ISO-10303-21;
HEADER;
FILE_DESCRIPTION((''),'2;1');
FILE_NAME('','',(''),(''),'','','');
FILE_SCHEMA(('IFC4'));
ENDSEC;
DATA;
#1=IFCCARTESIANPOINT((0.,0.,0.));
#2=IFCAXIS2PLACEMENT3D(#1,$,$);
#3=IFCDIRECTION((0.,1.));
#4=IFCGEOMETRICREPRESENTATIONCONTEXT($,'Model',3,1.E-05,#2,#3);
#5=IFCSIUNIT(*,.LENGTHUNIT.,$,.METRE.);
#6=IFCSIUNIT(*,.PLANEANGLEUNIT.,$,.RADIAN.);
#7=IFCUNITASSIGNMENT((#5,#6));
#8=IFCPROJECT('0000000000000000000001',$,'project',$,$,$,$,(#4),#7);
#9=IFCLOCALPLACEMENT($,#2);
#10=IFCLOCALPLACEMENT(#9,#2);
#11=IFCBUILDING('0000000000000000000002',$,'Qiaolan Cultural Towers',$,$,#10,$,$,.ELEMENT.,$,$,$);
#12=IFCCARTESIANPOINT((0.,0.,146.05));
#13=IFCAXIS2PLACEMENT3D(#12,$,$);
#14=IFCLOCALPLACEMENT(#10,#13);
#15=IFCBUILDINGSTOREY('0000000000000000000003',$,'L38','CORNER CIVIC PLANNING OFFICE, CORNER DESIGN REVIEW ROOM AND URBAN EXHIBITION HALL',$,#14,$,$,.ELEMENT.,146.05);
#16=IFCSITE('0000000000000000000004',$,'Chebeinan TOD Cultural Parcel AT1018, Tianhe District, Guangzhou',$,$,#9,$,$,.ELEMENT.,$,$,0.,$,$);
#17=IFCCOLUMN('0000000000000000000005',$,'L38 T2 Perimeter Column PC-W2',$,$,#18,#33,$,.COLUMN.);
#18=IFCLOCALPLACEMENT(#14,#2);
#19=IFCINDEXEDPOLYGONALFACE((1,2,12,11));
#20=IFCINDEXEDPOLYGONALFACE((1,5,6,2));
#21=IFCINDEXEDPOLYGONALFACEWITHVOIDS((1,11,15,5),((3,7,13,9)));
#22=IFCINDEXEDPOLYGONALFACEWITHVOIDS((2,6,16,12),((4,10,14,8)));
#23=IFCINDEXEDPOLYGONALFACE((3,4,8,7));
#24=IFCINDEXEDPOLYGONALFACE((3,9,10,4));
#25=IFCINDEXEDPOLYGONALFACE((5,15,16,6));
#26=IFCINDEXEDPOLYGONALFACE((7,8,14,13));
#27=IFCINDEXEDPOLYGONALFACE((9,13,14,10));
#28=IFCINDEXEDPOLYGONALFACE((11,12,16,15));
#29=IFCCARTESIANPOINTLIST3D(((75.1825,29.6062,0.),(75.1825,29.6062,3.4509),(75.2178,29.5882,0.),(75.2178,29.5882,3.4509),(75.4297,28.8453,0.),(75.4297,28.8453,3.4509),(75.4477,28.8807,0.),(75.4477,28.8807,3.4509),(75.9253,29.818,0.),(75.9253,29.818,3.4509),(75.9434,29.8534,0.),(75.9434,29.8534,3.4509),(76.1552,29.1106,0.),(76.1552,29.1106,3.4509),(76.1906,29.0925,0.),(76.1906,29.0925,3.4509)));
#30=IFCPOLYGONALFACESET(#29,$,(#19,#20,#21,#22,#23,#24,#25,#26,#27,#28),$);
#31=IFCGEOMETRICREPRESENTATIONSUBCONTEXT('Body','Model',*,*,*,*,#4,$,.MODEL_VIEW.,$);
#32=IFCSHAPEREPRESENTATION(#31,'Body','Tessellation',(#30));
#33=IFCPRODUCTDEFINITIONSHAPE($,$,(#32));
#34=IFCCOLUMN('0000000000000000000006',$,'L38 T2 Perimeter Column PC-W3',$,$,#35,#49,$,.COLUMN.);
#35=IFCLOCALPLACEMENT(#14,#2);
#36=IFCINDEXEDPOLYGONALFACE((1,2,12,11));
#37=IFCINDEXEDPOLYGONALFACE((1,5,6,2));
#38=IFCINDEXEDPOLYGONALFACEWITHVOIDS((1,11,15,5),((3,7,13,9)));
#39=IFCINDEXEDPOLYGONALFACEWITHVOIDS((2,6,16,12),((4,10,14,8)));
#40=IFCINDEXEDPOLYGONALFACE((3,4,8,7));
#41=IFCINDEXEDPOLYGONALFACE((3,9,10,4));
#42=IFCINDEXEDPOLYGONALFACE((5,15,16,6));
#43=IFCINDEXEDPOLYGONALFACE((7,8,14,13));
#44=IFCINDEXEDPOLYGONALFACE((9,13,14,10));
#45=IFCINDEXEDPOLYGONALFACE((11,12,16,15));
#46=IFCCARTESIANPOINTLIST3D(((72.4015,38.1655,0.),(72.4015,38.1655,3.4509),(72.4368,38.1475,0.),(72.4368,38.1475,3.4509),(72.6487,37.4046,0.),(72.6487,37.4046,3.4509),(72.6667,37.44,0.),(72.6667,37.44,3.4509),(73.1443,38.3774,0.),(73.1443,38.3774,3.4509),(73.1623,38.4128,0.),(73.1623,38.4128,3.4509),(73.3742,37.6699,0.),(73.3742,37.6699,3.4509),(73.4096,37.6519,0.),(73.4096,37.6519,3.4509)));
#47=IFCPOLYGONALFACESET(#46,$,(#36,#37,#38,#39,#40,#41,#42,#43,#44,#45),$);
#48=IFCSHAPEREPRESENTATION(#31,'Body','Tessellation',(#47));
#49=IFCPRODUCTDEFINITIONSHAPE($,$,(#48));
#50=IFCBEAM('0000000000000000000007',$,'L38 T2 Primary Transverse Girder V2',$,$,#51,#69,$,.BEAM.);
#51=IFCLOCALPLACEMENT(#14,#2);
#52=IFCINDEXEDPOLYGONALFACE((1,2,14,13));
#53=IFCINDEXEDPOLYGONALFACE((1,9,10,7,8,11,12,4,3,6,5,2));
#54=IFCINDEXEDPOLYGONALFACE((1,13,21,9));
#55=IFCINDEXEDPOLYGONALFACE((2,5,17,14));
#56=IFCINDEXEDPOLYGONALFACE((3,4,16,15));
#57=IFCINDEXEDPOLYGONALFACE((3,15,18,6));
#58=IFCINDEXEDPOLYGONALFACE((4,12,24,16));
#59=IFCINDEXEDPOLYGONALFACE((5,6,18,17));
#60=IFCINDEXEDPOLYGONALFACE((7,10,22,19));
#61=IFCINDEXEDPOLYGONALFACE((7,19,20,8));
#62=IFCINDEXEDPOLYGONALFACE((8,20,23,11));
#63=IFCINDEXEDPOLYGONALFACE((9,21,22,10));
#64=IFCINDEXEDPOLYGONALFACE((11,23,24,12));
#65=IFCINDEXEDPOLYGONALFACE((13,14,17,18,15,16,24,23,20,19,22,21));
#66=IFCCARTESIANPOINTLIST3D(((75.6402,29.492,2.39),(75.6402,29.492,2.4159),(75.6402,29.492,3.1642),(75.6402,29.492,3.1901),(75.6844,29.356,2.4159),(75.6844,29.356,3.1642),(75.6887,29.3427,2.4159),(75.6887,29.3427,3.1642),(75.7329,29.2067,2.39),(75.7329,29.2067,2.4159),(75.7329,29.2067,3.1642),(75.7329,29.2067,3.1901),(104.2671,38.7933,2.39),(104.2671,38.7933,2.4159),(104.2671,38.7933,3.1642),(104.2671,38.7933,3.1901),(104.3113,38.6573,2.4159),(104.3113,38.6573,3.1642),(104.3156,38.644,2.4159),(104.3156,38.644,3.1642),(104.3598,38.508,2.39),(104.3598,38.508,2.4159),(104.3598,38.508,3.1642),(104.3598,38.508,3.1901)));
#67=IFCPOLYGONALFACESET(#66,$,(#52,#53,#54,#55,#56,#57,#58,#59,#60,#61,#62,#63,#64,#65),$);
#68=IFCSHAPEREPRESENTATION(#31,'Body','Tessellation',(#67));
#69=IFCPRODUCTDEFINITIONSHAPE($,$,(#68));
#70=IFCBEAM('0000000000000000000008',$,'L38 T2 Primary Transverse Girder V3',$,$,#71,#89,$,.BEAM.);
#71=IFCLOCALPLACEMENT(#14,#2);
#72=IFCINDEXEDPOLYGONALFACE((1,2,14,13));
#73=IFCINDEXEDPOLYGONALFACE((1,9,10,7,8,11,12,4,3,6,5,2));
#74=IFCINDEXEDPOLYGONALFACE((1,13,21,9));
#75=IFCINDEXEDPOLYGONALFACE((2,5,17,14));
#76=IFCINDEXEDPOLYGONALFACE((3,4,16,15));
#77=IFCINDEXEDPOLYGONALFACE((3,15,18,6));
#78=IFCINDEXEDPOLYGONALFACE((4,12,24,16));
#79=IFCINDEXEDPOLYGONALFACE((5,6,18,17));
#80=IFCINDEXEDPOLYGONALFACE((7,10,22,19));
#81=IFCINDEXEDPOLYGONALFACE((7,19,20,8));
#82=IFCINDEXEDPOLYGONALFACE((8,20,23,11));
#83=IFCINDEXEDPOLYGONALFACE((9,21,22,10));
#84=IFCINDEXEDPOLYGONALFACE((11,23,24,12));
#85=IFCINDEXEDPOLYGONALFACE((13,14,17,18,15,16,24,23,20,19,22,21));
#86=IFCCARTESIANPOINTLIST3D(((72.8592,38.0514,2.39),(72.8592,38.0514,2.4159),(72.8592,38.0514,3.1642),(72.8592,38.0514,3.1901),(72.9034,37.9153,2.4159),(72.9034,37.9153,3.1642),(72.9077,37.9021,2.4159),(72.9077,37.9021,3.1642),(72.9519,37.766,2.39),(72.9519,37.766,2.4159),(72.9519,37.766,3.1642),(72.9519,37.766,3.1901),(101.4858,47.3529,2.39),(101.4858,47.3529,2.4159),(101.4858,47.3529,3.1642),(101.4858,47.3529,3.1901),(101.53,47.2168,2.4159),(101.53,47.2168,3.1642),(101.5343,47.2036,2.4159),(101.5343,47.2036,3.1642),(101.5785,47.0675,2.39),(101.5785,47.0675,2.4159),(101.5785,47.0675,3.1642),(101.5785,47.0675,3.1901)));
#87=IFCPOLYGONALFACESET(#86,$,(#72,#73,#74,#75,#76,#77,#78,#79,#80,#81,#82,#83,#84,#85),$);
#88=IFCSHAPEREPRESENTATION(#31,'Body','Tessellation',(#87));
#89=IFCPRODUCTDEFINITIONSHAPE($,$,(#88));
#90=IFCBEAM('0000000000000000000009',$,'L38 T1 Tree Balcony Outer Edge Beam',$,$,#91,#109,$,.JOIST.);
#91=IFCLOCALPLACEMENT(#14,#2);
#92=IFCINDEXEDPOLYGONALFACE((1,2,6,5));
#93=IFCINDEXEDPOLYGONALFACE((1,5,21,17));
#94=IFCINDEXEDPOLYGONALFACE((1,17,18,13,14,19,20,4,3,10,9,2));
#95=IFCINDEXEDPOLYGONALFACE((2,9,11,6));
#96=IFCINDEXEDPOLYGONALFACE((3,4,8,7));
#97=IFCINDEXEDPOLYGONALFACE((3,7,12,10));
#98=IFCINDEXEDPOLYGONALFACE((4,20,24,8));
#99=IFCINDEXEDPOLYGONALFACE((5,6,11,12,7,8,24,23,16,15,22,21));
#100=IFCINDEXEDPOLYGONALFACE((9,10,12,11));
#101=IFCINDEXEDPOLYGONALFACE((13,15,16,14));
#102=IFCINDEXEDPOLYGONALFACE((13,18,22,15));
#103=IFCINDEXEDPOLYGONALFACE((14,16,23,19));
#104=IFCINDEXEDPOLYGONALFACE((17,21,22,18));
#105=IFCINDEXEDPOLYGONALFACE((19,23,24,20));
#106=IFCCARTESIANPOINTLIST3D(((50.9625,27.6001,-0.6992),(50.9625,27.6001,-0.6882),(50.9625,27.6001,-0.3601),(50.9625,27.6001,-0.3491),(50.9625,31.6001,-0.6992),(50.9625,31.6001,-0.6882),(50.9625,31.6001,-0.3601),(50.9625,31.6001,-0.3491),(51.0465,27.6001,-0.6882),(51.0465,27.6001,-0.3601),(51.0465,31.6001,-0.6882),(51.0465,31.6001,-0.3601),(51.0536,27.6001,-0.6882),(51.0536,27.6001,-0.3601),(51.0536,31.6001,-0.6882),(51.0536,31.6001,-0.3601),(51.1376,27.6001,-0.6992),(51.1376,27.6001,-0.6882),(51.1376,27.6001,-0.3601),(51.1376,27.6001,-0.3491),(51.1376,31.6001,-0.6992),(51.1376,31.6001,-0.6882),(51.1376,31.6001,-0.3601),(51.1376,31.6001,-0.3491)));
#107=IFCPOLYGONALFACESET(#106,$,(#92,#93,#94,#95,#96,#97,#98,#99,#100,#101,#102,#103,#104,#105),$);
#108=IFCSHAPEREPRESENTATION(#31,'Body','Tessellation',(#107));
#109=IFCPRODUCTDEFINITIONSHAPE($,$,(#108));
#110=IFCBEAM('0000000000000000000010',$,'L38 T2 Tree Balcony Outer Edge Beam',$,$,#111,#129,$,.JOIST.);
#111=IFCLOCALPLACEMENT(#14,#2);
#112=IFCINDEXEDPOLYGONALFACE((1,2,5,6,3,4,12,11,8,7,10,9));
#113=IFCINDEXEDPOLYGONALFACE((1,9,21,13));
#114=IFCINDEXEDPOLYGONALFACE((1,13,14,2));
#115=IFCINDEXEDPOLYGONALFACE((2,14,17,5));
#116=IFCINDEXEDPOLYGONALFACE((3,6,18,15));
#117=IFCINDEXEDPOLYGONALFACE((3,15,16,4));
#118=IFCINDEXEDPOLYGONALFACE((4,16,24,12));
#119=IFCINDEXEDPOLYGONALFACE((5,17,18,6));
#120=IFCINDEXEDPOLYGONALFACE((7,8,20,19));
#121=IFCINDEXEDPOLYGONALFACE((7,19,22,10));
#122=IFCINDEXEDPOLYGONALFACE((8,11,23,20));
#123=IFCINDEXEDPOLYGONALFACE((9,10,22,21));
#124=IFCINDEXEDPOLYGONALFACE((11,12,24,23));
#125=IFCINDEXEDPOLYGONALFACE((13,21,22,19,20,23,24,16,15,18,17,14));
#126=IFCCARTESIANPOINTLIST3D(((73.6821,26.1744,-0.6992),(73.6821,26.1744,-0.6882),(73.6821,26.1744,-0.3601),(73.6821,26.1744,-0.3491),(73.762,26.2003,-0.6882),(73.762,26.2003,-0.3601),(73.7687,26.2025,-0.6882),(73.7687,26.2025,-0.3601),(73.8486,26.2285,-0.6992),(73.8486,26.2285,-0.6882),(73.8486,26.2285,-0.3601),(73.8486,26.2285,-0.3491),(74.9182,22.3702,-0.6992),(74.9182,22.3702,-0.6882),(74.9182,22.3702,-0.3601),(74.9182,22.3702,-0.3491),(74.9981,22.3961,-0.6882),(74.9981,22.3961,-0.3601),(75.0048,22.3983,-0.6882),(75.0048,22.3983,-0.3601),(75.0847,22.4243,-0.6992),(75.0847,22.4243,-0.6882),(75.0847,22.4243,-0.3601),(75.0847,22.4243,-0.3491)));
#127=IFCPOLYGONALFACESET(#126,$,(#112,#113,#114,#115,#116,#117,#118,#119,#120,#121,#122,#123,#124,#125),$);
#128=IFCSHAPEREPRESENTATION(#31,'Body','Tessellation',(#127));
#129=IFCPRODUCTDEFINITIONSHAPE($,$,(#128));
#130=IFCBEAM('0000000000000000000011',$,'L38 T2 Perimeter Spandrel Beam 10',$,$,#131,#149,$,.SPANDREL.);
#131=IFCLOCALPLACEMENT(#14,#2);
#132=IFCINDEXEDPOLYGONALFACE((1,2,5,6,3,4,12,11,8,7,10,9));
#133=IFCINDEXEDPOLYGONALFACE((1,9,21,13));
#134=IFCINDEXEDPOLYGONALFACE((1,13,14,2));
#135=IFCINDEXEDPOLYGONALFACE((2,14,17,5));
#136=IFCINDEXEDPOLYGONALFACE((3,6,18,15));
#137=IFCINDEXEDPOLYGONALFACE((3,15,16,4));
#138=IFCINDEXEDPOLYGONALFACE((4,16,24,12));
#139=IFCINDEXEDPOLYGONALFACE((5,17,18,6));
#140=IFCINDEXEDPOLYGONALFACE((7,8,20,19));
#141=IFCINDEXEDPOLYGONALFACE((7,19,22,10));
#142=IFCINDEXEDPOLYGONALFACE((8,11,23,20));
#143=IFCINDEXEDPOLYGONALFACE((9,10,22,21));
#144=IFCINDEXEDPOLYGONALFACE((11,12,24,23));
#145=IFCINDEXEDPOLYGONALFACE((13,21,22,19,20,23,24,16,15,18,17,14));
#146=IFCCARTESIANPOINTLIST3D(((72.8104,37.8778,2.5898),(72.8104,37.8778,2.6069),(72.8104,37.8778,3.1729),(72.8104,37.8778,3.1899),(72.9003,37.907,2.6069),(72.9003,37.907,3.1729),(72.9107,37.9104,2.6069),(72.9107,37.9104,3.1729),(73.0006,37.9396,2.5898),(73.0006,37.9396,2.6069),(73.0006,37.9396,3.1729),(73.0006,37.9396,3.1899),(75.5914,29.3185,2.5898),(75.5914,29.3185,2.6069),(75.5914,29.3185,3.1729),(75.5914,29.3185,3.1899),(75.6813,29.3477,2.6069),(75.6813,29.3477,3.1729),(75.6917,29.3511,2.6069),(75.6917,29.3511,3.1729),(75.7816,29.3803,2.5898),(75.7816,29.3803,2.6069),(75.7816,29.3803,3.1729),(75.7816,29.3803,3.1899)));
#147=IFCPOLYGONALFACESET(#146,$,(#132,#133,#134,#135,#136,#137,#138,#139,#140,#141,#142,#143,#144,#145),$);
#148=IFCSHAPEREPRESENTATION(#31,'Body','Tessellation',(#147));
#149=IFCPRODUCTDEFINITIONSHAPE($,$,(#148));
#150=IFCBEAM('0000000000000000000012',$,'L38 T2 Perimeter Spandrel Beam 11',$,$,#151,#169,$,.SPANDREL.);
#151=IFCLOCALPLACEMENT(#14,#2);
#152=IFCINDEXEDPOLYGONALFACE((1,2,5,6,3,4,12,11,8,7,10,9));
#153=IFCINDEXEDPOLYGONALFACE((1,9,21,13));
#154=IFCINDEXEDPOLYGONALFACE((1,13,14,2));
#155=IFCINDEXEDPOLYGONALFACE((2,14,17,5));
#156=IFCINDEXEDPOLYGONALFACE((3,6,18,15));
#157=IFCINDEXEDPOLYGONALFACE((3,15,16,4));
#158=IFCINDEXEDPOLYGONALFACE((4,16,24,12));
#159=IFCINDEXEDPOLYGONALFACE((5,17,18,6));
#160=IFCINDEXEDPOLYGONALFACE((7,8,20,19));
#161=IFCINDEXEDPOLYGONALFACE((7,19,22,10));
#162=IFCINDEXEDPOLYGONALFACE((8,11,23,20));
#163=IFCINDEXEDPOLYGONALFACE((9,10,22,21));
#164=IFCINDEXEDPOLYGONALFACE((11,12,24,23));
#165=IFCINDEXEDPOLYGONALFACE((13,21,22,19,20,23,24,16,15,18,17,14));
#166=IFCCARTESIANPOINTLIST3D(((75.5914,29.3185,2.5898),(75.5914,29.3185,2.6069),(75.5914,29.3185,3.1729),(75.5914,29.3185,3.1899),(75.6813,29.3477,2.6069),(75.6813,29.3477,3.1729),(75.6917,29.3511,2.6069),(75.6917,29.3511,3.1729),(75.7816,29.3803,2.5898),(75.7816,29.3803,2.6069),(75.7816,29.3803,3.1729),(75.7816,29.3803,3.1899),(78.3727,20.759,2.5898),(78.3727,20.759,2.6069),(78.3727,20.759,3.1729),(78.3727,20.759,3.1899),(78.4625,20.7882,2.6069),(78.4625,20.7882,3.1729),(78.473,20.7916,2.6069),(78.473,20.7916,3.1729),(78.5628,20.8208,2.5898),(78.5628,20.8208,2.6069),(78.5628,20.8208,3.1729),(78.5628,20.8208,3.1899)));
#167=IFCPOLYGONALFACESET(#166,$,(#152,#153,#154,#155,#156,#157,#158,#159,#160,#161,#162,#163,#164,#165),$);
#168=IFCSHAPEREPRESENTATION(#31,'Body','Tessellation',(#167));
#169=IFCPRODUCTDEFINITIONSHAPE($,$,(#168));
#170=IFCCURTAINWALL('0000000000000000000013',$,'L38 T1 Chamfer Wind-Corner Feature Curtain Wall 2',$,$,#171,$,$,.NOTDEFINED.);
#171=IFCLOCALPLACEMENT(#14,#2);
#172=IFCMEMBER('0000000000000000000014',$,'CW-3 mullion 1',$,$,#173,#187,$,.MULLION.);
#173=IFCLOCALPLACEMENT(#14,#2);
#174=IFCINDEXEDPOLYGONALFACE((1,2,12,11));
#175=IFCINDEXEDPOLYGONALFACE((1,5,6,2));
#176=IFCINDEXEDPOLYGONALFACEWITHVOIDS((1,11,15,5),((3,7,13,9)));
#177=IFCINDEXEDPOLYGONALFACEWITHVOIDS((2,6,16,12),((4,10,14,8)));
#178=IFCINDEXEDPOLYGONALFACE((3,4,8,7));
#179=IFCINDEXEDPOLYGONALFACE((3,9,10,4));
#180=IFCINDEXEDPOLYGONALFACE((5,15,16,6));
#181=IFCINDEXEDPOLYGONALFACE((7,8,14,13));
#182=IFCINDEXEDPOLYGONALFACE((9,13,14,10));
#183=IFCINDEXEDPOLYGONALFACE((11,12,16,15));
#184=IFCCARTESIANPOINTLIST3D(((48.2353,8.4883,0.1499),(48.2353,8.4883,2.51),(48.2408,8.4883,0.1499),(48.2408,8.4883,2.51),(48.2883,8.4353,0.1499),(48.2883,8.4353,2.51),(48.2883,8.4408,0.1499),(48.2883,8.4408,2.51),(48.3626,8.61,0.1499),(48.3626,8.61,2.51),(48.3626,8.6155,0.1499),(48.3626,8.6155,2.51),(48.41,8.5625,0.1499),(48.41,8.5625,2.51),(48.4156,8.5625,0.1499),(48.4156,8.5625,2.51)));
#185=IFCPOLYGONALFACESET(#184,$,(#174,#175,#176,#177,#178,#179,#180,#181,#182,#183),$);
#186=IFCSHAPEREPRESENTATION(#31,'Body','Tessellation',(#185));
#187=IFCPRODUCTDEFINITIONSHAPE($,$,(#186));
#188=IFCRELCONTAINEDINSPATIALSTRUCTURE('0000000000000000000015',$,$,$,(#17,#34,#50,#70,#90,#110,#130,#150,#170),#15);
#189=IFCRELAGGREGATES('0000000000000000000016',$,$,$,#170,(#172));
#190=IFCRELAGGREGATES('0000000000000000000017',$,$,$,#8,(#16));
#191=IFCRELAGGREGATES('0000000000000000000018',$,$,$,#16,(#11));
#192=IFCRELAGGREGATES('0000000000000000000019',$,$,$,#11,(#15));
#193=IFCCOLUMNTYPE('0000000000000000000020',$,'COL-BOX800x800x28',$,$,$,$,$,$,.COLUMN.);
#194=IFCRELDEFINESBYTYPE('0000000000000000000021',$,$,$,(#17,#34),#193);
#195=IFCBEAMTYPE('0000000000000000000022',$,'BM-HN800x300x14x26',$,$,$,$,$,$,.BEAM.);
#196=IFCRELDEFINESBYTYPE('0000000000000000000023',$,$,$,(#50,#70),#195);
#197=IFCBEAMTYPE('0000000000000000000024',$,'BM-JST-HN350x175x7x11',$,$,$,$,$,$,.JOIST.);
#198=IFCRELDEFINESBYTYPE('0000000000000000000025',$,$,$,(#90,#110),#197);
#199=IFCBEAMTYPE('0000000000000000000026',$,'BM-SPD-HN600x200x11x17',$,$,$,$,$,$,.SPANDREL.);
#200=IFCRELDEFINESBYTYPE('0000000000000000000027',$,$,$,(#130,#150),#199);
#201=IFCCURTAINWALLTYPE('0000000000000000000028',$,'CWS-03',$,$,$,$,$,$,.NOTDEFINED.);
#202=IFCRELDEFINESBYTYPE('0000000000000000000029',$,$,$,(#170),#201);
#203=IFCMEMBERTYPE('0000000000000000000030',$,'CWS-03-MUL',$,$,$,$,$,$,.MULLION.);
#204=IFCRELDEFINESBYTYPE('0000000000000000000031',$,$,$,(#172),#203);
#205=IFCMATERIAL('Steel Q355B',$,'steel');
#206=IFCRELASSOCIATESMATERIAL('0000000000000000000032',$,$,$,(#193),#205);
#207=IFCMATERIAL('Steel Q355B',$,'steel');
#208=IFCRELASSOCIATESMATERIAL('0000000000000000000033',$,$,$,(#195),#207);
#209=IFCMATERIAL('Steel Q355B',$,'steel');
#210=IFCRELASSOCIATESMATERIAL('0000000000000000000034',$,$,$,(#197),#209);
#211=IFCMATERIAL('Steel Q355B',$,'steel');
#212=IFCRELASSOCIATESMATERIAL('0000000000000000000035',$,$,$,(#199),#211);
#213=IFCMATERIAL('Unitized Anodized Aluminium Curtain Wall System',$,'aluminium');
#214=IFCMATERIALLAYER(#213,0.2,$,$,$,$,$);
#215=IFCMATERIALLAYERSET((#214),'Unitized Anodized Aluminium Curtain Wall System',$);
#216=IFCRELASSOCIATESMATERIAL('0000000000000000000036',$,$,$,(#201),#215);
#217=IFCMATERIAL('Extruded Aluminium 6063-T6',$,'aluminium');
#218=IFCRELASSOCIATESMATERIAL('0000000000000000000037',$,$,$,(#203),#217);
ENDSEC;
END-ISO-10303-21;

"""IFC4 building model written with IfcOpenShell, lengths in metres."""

from ifc_helpers import new_model, si_unit, direction, frame, origin, origin_2d, place, context, subcontext, project, spatial, hollow_rectangle, i_section, extrude, material, layer, layer_set, material_profile, profile_set, type_object, element, aggregate, save


model = new_model("IFC4")

# Units and contexts
model_context = context("Model", 3, precision=1e-05, world=origin(), true_north=direction((0.0, 1.0)))
body_context = subcontext(model_context, "Body", "Model", "MODEL_VIEW")
ifc_project = project(units=[si_unit("LENGTHUNIT", "METRE"), si_unit("PLANEANGLEUNIT", "RADIAN")], contexts=[model_context])

# Site, building, storey
site_placement = place(None, origin())
site = spatial("IfcSite", under=ifc_project, at=site_placement, Name="Chebeinan TOD Cultural Parcel AT1018, Tianhe District, Guangzhou", CompositionType="ELEMENT", RefElevation=0.0)
building_placement = place(site_placement, origin())
building = spatial("IfcBuilding", under=site, at=building_placement, Name="Qiaolan Cultural Towers", CompositionType="ELEMENT")
storey_placement = place(building_placement, frame((0.0, 0.0, 146.05)))
storey = spatial("IfcBuildingStorey", under=building, at=storey_placement, Name="L38", Description="CORNER CIVIC PLANNING OFFICE, CORNER DESIGN REVIEW ROOM AND URBAN EXHIBITION HALL", CompositionType="ELEMENT", Elevation=146.05)

# Columns
ifc_material_1 = material(Name="Steel Q355B", Category="steel")
ifc_material_profile_1 = material_profile(ifc_material_1, hollow_rectangle(XDim=0.8, YDim=0.8, WallThickness=0.0281, at=origin_2d()), Name="BOX800x800x28")
ifc_profile_set_1 = profile_set([ifc_material_profile_1], Name="Steel Q355B")
column_type = type_object("IfcColumnType", Name="COL-BOX800x800x28", PredefinedType="COLUMN", material=ifc_profile_set_1)
for number, where, z_axis, x_axis, name in (
    (1, (75.6865, 29.3494, 0.0), (0.0, 0.0, 1.0), (0.951057, 0.309017, 0.0), "L38 T2 Perimeter Column PC-W2"),
    (2, (72.9055, 37.9087, 0.0), (0.0, 0.0, 1.0), (0.951057, 0.309017, 0.0), "L38 T2 Perimeter Column PC-W3"),
):
    element("IfcColumn", number, at=place(storey_placement, frame(where, z_axis=z_axis, x_axis=x_axis)), inside=storey, type_object=column_type, Name=name, PredefinedType="COLUMN", context=body_context, shape_type="SweptSolid", body=[
        extrude(hollow_rectangle(XDim=0.8, YDim=0.8, WallThickness=0.0281, at=origin_2d()), origin(), (0.0, 0.0, 1.0), 3.4509),
    ])

# Beams
ifc_material_2 = material(Name="Steel Q355B", Category="steel")
ifc_material_profile_2 = material_profile(ifc_material_2, i_section(OverallWidth=0.3, OverallDepth=0.8, WebThickness=0.0139, FlangeThickness=0.0259, at=origin_2d()), Name="HN800x300x14x26")
ifc_profile_set_2 = profile_set([ifc_material_profile_2], Name="Steel Q355B")
beam_type_1 = type_object("IfcBeamType", Name="BM-HN800x300x14x26", PredefinedType="BEAM", material=ifc_profile_set_2)
beam_1_placement = place(storey_placement, frame((75.6865, 29.3494, 2.79), z_axis=(0.951058, 0.309011, 0.0), x_axis=(-0.309011, 0.951058, 0.0)))
element("IfcBeam", 3, at=beam_1_placement, inside=storey, type_object=beam_type_1, Name="L38 T2 Primary Transverse Girder V2", PredefinedType="BEAM", context=body_context, shape_type="SweptSolid", body=[
    extrude(i_section(OverallWidth=0.3, OverallDepth=0.8, WebThickness=0.0139, FlangeThickness=0.0259, at=origin_2d()), origin(), (0.0, 0.0, 1.0), 30.1001),
])
beam_2_placement = place(storey_placement, frame((72.9055, 37.9087, 2.79), z_axis=(0.951055, 0.309021, 0.0), x_axis=(-0.309021, 0.951055, 0.0)))
element("IfcBeam", 4, at=beam_2_placement, inside=storey, type_object=beam_type_1, Name="L38 T2 Primary Transverse Girder V3", PredefinedType="BEAM", context=body_context, shape_type="SweptSolid", body=[
    extrude(i_section(OverallWidth=0.3, OverallDepth=0.8, WebThickness=0.0139, FlangeThickness=0.0259, at=origin_2d()), origin(), (0.0, 0.0, 1.0), 30.0999),
])
ifc_material_3 = material(Name="Steel Q355B", Category="steel")
ifc_material_profile_3 = material_profile(ifc_material_3, i_section(OverallWidth=0.175, OverallDepth=0.3501, WebThickness=0.0071, FlangeThickness=0.011, at=origin_2d()), Name="HN350x175x7x11")
ifc_profile_set_3 = profile_set([ifc_material_profile_3], Name="Steel Q355B")
beam_type_2 = type_object("IfcBeamType", Name="BM-JST-HN350x175x7x11", PredefinedType="JOIST", material=ifc_profile_set_3)
for number, where, z_axis, x_axis, name in (
    (5, (51.05, 27.6001, -0.5242), (0.0, 1.0, 0.0), (-1.0, 0.0, 0.0), "L38 T1 Tree Balcony Outer Edge Beam"),
    (6, (75.0015, 22.3972, -0.5242), (-0.309023, 0.951055, 0.0), (-0.951055, -0.309023, 0.0), "L38 T2 Tree Balcony Outer Edge Beam"),
):
    element("IfcBeam", number, at=place(storey_placement, frame(where, z_axis=z_axis, x_axis=x_axis)), inside=storey, type_object=beam_type_2, Name=name, PredefinedType="JOIST", context=body_context, shape_type="SweptSolid", body=[
        extrude(i_section(OverallWidth=0.175, OverallDepth=0.3501, WebThickness=0.0071, FlangeThickness=0.011, at=origin_2d()), origin(), (0.0, 0.0, 1.0), 4.0),
    ])
ifc_material_4 = material(Name="Steel Q355B", Category="steel")
ifc_material_profile_4 = material_profile(ifc_material_4, i_section(OverallWidth=0.2, OverallDepth=0.6001, WebThickness=0.011, FlangeThickness=0.0171, at=origin_2d()), Name="HN600x200x11x17")
ifc_profile_set_4 = profile_set([ifc_material_profile_4], Name="Steel Q355B")
beam_type_3 = type_object("IfcBeamType", Name="BM-SPD-HN600x200x11x17", PredefinedType="SPANDREL", material=ifc_profile_set_4)
beam_3_placement = place(storey_placement, frame((72.9055, 37.9087, 2.8899), z_axis=(0.309008, -0.951059, 0.0), x_axis=(0.951059, 0.309008, 0.0)))
element("IfcBeam", 7, at=beam_3_placement, inside=storey, type_object=beam_type_3, Name="L38 T2 Perimeter Spandrel Beam 10", PredefinedType="SPANDREL", context=body_context, shape_type="SweptSolid", body=[
    extrude(i_section(OverallWidth=0.2, OverallDepth=0.6001, WebThickness=0.011, FlangeThickness=0.0171, at=origin_2d()), origin(), (0.0, 0.0, 1.0), 8.9998),
])
beam_4_placement = place(storey_placement, frame((75.6865, 29.3494, 2.8899), z_axis=(0.309025, -0.951054, 0.0), x_axis=(0.951054, 0.309025, 0.0)))
element("IfcBeam", 8, at=beam_4_placement, inside=storey, type_object=beam_type_3, Name="L38 T2 Perimeter Spandrel Beam 11", PredefinedType="SPANDREL", context=body_context, shape_type="SweptSolid", body=[
    extrude(i_section(OverallWidth=0.2, OverallDepth=0.6001, WebThickness=0.011, FlangeThickness=0.0171, at=origin_2d()), origin(), (0.0, 0.0, 1.0), 9.0),
])

# Curtain wall, member
ifc_material_5 = material(Name="Unitized Anodized Aluminium Curtain Wall System", Category="aluminium")
ifc_layer_1 = layer(ifc_material_5, 0.2)
ifc_layer_set_1 = layer_set([ifc_layer_1], Name="Unitized Anodized Aluminium Curtain Wall System")
curtain_wall_type = type_object("IfcCurtainWallType", Name="CWS-03", PredefinedType="NOTDEFINED", material=ifc_layer_set_1)
curtain_wall_placement = place(storey_placement, origin())
curtain_wall = element("IfcCurtainWall", 9, at=curtain_wall_placement, inside=storey, type_object=curtain_wall_type, Name="L38 T1 Chamfer Wind-Corner Feature Curtain Wall 2", PredefinedType="NOTDEFINED")
ifc_material_6 = material(Name="Extruded Aluminium 6063-T6", Category="aluminium")
ifc_material_profile_5 = material_profile(ifc_material_6, hollow_rectangle(XDim=0.075, YDim=0.1799, WallThickness=0.0039, at=origin_2d()), Name="CWM-180x75x4")
ifc_profile_set_5 = profile_set([ifc_material_profile_5], Name="Extruded Aluminium 6063-T6")
member_type_1 = type_object("IfcMemberType", Name="CWS-03-MUL", PredefinedType="MULLION", material=ifc_profile_set_5)
member_1_placement = place(storey_placement, frame((48.3254, 8.5254, 0.1499), z_axis=(0.0, 0.0, 1.0), x_axis=(0.707107, -0.707107, 0.0)))
member_1 = element("IfcMember", 10, at=member_1_placement, type_object=member_type_1, Name="CW-3 mullion 1", PredefinedType="MULLION", context=body_context, shape_type="SweptSolid", body=[
    extrude(hollow_rectangle(XDim=0.075, YDim=0.1799, WallThickness=0.0039, at=origin_2d()), origin(), (0.0, 0.0, 1.0), 2.3601),
])
aggregate(curtain_wall, [member_1])

save(model, "model.ifc")
